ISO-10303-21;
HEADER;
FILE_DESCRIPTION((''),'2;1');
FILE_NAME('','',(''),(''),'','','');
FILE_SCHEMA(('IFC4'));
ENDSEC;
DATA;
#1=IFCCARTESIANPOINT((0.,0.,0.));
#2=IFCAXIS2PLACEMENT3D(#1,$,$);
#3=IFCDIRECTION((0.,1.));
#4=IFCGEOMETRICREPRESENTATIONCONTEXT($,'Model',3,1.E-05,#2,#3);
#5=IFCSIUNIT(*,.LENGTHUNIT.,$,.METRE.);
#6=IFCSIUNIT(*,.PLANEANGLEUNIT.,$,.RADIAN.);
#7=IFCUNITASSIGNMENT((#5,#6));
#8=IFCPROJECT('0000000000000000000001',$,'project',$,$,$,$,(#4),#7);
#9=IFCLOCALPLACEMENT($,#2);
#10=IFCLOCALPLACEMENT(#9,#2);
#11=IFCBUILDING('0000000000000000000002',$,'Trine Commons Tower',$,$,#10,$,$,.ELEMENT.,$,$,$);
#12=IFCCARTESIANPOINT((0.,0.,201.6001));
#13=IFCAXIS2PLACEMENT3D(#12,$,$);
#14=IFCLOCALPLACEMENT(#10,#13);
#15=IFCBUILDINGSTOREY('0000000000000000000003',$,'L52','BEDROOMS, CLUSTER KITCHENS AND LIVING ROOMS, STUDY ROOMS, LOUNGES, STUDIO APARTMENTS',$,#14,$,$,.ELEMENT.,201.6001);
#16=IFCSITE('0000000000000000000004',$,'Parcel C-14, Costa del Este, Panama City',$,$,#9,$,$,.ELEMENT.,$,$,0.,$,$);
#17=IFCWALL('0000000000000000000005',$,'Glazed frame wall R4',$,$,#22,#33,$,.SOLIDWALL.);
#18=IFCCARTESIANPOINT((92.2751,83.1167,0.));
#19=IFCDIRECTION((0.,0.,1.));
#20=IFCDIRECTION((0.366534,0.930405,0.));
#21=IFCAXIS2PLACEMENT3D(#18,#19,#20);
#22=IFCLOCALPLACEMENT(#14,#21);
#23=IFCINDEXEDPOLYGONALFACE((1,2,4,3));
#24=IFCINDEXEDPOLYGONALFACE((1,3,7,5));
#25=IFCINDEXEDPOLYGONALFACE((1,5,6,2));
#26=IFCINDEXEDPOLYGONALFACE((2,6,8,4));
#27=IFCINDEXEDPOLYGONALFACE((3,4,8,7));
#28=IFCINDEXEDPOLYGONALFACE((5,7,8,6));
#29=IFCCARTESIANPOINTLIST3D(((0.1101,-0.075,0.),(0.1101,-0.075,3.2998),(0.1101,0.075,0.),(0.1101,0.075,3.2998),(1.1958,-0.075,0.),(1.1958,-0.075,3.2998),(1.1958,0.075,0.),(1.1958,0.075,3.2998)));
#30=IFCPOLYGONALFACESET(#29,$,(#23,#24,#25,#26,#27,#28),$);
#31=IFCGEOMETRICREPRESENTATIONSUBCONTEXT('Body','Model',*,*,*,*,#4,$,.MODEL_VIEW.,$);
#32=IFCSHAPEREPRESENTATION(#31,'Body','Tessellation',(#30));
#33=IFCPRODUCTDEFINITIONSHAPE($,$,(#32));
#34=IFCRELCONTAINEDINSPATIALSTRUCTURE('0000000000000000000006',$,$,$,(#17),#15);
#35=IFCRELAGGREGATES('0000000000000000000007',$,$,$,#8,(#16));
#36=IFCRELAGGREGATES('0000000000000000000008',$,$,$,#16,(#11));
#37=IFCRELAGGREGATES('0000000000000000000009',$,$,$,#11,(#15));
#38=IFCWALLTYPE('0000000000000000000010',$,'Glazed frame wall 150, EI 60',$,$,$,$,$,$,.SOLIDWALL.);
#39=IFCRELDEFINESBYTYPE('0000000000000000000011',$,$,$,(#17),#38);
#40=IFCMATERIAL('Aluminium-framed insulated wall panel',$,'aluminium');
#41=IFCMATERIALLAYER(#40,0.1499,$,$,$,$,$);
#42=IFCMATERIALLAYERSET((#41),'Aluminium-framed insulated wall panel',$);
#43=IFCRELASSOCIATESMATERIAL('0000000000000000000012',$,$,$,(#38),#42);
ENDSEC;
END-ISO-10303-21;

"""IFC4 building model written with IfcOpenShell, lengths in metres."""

from ifc_helpers import new_model, si_unit, direction, frame, origin, place, context, subcontext, project, spatial, polyline, outline, extrude, material, layer, layer_set, type_object, element, save


model = new_model("IFC4")

# Units and contexts
model_context = context("Model", 3, precision=1e-05, world=origin(), true_north=direction((0.0, 1.0)))
body_context = subcontext(model_context, "Body", "Model", "MODEL_VIEW")
ifc_project = project(units=[si_unit("LENGTHUNIT", "METRE"), si_unit("PLANEANGLEUNIT", "RADIAN")], contexts=[model_context])

# Site, building, storey
site_placement = place(None, origin())
site = spatial("IfcSite", under=ifc_project, at=site_placement, Name="Parcel C-14, Costa del Este, Panama City", CompositionType="ELEMENT", RefElevation=0.0)
building_placement = place(site_placement, origin())
building = spatial("IfcBuilding", under=site, at=building_placement, Name="Trine Commons Tower", CompositionType="ELEMENT")
storey_placement = place(building_placement, frame((0.0, 0.0, 201.6001)))
storey = spatial("IfcBuildingStorey", under=building, at=storey_placement, Name="L52", Description="BEDROOMS, CLUSTER KITCHENS AND LIVING ROOMS, STUDY ROOMS, LOUNGES, STUDIO APARTMENTS", CompositionType="ELEMENT", Elevation=201.6001)

# Shared definitions
ifc_material_1 = material(Name="Aluminium-framed insulated wall panel", Category="aluminium")
ifc_layer_1 = layer(ifc_material_1, 0.1499)
ifc_layer_set_1 = layer_set([ifc_layer_1], Name="Aluminium-framed insulated wall panel")
wall_type_1 = type_object("IfcWallType", Name="Glazed frame wall 150, EI 60", PredefinedType="SOLIDWALL", material=ifc_layer_set_1)

# Wall
wall_1_placement = place(storey_placement, frame((92.2751, 83.1167, 0.0), z_axis=(0.0, 0.0, 1.0), x_axis=(0.366534, 0.930405, 0.0)))
element("IfcWall", 1, at=wall_1_placement, inside=storey, type_object=wall_type_1, Name="Glazed frame wall R4", PredefinedType="SOLIDWALL", context=body_context, shape_type="SweptSolid", body=[
    extrude(outline(polyline([(0.1101, 0.075), (0.1101, -0.075), (1.1958, -0.075), (1.1958, 0.075), (0.1101, 0.075)])), origin(), (0.0, 0.0, 1.0), 3.2998),
])

save(model, "model.ifc")
